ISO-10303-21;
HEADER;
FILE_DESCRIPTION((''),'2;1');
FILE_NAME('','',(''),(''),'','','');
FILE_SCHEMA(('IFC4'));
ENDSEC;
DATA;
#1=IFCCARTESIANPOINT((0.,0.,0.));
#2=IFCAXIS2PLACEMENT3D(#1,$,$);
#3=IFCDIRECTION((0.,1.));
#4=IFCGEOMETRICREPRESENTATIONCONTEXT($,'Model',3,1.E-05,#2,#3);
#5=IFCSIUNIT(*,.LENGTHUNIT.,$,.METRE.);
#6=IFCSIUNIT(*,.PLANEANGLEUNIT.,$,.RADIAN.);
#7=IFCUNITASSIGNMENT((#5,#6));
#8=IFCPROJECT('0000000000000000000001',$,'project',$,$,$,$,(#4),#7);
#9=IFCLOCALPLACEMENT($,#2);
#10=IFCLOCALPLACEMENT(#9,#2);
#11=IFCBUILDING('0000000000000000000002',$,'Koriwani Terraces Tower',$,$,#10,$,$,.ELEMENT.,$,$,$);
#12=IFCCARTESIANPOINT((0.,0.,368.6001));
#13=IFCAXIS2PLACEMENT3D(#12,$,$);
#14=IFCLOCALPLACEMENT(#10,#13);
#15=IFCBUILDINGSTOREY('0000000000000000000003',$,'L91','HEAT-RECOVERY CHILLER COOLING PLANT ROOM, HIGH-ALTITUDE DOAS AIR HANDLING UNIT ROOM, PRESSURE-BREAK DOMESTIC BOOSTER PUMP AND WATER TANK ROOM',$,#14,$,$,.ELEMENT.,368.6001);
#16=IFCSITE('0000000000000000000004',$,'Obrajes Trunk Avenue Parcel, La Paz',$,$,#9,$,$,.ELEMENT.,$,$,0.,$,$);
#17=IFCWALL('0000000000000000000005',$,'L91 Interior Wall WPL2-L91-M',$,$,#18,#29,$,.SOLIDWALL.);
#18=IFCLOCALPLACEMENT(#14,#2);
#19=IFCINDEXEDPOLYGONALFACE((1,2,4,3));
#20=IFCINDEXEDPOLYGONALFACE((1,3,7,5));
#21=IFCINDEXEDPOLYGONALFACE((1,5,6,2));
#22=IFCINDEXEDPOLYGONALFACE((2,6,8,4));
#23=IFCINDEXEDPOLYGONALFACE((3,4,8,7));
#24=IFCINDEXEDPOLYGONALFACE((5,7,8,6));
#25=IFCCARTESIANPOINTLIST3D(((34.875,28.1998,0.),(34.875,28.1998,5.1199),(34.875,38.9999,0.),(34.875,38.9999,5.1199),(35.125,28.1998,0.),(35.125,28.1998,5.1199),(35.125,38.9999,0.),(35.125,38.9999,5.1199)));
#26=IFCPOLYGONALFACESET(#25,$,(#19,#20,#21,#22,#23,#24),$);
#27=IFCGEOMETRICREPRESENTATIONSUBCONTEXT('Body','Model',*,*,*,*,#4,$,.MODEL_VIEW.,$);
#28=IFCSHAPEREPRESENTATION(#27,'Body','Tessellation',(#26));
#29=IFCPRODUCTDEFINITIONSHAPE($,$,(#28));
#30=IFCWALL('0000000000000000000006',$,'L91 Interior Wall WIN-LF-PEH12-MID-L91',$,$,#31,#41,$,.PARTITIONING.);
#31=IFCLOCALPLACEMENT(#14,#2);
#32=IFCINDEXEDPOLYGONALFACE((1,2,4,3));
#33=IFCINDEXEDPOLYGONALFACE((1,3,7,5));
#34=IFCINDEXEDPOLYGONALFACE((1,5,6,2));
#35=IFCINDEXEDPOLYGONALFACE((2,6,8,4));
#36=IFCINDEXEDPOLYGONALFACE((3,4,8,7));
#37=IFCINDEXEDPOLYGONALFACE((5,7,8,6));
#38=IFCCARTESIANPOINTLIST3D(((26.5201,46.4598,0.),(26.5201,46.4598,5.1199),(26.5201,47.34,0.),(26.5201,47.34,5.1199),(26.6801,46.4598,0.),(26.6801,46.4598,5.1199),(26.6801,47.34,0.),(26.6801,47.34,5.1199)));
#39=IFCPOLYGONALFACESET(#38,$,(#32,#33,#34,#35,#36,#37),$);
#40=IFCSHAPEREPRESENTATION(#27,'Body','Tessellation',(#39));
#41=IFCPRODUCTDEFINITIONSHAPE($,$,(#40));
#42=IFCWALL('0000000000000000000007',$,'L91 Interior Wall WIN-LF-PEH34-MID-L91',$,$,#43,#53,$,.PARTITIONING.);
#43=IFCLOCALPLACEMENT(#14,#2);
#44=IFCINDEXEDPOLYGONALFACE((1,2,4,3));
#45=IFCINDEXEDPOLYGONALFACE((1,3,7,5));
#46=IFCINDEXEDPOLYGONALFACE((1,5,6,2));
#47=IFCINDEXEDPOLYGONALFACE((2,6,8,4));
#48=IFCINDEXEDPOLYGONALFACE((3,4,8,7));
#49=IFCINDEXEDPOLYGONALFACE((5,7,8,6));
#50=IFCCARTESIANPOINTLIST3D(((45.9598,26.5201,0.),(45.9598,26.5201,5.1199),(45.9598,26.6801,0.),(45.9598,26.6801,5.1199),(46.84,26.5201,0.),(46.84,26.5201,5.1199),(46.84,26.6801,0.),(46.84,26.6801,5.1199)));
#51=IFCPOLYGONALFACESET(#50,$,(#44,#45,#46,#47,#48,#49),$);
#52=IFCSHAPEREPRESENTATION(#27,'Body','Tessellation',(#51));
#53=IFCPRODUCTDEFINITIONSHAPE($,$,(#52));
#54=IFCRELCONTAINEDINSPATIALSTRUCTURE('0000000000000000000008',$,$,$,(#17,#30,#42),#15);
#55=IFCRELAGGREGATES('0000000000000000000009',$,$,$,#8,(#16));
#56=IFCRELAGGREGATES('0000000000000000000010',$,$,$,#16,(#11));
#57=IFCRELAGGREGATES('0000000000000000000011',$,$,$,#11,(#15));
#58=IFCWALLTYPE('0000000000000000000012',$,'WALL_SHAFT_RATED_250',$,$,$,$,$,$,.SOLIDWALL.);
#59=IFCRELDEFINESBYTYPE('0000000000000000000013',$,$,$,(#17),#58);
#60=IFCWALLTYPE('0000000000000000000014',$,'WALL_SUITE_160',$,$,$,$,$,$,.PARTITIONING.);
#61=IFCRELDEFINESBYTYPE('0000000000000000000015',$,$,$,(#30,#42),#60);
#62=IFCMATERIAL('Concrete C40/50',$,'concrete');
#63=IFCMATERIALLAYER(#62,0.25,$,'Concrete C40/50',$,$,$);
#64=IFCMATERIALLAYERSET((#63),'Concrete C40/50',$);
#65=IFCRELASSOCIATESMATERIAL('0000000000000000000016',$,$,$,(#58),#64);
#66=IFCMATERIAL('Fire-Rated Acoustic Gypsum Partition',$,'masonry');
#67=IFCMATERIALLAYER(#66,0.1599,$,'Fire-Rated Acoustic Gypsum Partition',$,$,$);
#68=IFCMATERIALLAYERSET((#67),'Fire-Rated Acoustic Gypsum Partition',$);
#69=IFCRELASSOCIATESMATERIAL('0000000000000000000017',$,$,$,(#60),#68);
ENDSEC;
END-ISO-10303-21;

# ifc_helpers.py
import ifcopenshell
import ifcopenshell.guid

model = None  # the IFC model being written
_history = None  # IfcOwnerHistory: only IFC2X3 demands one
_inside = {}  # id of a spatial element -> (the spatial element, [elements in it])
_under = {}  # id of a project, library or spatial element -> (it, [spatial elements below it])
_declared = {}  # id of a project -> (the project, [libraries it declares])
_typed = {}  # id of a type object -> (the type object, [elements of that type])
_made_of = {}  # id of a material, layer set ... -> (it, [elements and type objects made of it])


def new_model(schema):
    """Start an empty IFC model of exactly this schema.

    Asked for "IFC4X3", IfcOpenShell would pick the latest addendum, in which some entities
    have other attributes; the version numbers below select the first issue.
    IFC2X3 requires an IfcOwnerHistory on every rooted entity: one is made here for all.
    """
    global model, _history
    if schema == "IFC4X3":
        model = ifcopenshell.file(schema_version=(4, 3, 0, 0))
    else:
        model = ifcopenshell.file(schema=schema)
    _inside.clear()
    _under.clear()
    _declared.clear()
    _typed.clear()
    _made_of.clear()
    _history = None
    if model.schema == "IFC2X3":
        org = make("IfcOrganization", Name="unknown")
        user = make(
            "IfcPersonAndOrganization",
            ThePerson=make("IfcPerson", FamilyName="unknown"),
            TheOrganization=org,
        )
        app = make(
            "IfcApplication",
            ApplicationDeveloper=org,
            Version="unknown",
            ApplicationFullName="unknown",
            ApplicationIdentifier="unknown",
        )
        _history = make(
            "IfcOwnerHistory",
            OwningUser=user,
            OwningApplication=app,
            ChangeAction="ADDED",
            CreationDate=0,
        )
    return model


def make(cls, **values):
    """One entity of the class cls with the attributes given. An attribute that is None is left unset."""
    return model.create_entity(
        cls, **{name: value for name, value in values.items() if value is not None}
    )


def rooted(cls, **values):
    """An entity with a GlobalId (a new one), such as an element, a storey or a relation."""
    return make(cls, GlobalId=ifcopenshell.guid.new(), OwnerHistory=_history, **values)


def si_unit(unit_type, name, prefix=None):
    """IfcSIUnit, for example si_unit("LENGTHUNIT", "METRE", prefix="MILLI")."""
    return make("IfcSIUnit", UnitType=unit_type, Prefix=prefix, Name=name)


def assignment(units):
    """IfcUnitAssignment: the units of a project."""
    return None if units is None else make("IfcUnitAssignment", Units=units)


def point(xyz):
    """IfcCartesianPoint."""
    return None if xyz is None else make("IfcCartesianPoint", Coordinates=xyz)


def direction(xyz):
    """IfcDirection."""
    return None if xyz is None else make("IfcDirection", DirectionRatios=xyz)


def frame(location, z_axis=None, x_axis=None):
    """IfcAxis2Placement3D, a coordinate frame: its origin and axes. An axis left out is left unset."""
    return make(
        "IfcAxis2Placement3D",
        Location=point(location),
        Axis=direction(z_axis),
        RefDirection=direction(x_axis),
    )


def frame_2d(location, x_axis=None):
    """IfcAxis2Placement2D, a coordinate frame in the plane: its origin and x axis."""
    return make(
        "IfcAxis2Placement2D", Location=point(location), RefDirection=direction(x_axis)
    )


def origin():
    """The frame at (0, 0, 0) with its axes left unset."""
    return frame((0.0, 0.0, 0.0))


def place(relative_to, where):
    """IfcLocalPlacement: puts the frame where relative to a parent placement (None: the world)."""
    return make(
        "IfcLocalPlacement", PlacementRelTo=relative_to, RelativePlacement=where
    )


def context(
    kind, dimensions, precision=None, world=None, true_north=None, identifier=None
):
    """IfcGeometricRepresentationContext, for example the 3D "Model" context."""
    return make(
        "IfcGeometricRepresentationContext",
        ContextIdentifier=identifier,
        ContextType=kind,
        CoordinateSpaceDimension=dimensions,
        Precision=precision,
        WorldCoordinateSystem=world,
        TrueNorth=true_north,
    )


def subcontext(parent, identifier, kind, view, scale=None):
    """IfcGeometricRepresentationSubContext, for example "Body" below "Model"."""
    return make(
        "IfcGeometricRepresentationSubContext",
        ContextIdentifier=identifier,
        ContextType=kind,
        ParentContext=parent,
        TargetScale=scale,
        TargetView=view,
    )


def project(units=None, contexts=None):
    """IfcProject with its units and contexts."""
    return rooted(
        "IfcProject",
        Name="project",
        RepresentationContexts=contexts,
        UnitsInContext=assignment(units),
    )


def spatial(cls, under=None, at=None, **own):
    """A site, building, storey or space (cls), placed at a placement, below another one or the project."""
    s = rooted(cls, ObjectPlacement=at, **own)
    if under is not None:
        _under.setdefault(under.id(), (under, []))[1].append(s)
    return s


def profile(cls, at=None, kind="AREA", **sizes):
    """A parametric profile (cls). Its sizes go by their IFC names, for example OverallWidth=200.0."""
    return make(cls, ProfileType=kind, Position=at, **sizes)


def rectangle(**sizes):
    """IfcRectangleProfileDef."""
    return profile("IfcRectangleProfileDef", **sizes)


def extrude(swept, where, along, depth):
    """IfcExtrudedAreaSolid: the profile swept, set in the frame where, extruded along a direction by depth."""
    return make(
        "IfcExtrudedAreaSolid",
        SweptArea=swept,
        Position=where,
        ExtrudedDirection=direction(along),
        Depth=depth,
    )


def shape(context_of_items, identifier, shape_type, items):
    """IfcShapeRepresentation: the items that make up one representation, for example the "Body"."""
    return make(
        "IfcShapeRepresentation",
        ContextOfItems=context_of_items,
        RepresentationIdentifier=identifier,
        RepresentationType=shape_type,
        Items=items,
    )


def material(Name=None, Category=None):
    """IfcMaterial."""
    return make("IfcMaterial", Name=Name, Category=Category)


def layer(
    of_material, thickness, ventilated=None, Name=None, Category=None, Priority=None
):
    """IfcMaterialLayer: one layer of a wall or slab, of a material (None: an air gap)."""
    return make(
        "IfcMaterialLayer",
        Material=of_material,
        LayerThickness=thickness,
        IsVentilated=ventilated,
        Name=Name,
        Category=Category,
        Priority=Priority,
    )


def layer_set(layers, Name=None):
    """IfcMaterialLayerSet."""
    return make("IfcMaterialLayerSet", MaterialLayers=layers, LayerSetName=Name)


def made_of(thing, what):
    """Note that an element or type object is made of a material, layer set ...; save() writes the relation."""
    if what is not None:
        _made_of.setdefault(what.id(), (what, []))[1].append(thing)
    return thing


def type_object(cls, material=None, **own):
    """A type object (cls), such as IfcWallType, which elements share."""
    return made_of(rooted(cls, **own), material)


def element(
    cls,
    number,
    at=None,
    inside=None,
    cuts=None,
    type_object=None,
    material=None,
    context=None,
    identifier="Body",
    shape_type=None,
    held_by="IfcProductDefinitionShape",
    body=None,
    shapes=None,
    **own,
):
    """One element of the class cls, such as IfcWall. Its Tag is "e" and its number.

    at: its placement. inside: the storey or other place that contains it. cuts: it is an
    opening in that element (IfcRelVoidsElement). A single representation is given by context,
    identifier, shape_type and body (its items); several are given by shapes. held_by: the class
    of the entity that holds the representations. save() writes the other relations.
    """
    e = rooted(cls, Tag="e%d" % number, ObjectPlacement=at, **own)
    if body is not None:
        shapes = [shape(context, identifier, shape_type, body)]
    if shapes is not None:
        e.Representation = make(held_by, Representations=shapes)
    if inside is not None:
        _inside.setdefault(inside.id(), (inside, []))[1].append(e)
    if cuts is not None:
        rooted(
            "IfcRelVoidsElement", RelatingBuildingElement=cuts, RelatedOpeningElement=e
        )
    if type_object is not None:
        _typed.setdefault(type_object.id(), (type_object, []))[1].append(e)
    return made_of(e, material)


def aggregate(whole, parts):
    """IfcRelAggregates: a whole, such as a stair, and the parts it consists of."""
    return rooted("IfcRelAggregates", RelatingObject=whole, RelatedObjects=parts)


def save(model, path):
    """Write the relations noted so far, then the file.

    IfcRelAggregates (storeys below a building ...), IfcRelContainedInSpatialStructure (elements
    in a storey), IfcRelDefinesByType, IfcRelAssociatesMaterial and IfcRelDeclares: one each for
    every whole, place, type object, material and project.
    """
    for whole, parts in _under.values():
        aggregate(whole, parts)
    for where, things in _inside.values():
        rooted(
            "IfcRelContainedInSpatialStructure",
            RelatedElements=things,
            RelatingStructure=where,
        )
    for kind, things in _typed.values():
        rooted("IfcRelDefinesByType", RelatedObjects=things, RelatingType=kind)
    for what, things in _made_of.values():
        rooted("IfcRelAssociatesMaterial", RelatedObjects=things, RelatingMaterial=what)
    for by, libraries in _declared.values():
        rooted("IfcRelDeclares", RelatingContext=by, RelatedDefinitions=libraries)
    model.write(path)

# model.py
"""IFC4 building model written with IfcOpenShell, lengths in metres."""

from ifc_helpers import new_model, si_unit, direction, frame, frame_2d, origin, place, context, subcontext, project, spatial, rectangle, extrude, material, layer, layer_set, type_object, element, save


model = new_model("IFC4")

# Units and contexts
model_context = context("Model", 3, precision=1e-05, world=origin(), true_north=direction((0.0, 1.0)))
body_context = subcontext(model_context, "Body", "Model", "MODEL_VIEW")
ifc_project = project(units=[si_unit("LENGTHUNIT", "METRE"), si_unit("PLANEANGLEUNIT", "RADIAN")], contexts=[model_context])

# Site, building, storey
site_placement = place(None, origin())
site = spatial("IfcSite", under=ifc_project, at=site_placement, Name="Obrajes Trunk Avenue Parcel, La Paz", CompositionType="ELEMENT", RefElevation=0.0)
building_placement = place(site_placement, origin())
building = spatial("IfcBuilding", under=site, at=building_placement, Name="Koriwani Terraces Tower", CompositionType="ELEMENT")
storey_placement = place(building_placement, frame((0.0, 0.0, 368.6001)))
storey = spatial("IfcBuildingStorey", under=building, at=storey_placement, Name="L91", Description="HEAT-RECOVERY CHILLER COOLING PLANT ROOM, HIGH-ALTITUDE DOAS AIR HANDLING UNIT ROOM, PRESSURE-BREAK DOMESTIC BOOSTER PUMP AND WATER TANK ROOM", CompositionType="ELEMENT", Elevation=368.6001)

# Shared definitions
ifc_material_1 = material(Name="Concrete C40/50", Category="concrete")

# Shared definitions
ifc_layer_1 = layer(ifc_material_1, 0.25, Name="Concrete C40/50")
ifc_layer_set_1 = layer_set([ifc_layer_1], Name="Concrete C40/50")
wall_type_1 = type_object("IfcWallType", Name="WALL_SHAFT_RATED_250", PredefinedType="SOLIDWALL", material=ifc_layer_set_1)

# Walls
for number, where, z_axis, x_axis, name in (
    (1, (35.0, 28.2, 0.0), (0.0, 0.0, 1.0), (0.0, 1.0, 0.0), "L91 Interior Wall WPL2-L91-M"),
):
    element("IfcWall", number, at=place(storey_placement, frame(where, z_axis=z_axis, x_axis=x_axis)), inside=storey, type_object=wall_type_1, Name=name, PredefinedType="SOLIDWALL", context=body_context, shape_type="SweptSolid", body=[
        extrude(rectangle(XDim=10.8, YDim=0.25, at=frame_2d((5.3999, 0.0))), origin(), (0.0, 0.0, 1.0), 5.1199),
    ])
ifc_material_2 = material(Name="Fire-Rated Acoustic Gypsum Partition", Category="masonry")
ifc_layer_2 = layer(ifc_material_2, 0.1599, Name="Fire-Rated Acoustic Gypsum Partition")
ifc_layer_set_2 = layer_set([ifc_layer_2], Name="Fire-Rated Acoustic Gypsum Partition")
wall_type_2 = type_object("IfcWallType", Name="WALL_SUITE_160", PredefinedType="PARTITIONING", material=ifc_layer_set_2)
for number, where, z_axis, x_axis, name in (
    (2, (26.6001, 46.46, 0.0), (0.0, 0.0, 1.0), (0.0, 1.0, 0.0), "L91 Interior Wall WIN-LF-PEH12-MID-L91"),
    (3, (45.96, 26.6001, 0.0), (0.0, 0.0, 1.0), (1.0, 0.0, 0.0), "L91 Interior Wall WIN-LF-PEH34-MID-L91"),
):
    element("IfcWall", number, at=place(storey_placement, frame(where, z_axis=z_axis, x_axis=x_axis)), inside=storey, type_object=wall_type_2, Name=name, PredefinedType="PARTITIONING", context=body_context, shape_type="SweptSolid", body=[
        extrude(rectangle(XDim=0.8801, YDim=0.1599, at=frame_2d((0.4399, 0.0))), origin(), (0.0, 0.0, 1.0), 5.1199),
    ])

save(model, "model.ifc")
